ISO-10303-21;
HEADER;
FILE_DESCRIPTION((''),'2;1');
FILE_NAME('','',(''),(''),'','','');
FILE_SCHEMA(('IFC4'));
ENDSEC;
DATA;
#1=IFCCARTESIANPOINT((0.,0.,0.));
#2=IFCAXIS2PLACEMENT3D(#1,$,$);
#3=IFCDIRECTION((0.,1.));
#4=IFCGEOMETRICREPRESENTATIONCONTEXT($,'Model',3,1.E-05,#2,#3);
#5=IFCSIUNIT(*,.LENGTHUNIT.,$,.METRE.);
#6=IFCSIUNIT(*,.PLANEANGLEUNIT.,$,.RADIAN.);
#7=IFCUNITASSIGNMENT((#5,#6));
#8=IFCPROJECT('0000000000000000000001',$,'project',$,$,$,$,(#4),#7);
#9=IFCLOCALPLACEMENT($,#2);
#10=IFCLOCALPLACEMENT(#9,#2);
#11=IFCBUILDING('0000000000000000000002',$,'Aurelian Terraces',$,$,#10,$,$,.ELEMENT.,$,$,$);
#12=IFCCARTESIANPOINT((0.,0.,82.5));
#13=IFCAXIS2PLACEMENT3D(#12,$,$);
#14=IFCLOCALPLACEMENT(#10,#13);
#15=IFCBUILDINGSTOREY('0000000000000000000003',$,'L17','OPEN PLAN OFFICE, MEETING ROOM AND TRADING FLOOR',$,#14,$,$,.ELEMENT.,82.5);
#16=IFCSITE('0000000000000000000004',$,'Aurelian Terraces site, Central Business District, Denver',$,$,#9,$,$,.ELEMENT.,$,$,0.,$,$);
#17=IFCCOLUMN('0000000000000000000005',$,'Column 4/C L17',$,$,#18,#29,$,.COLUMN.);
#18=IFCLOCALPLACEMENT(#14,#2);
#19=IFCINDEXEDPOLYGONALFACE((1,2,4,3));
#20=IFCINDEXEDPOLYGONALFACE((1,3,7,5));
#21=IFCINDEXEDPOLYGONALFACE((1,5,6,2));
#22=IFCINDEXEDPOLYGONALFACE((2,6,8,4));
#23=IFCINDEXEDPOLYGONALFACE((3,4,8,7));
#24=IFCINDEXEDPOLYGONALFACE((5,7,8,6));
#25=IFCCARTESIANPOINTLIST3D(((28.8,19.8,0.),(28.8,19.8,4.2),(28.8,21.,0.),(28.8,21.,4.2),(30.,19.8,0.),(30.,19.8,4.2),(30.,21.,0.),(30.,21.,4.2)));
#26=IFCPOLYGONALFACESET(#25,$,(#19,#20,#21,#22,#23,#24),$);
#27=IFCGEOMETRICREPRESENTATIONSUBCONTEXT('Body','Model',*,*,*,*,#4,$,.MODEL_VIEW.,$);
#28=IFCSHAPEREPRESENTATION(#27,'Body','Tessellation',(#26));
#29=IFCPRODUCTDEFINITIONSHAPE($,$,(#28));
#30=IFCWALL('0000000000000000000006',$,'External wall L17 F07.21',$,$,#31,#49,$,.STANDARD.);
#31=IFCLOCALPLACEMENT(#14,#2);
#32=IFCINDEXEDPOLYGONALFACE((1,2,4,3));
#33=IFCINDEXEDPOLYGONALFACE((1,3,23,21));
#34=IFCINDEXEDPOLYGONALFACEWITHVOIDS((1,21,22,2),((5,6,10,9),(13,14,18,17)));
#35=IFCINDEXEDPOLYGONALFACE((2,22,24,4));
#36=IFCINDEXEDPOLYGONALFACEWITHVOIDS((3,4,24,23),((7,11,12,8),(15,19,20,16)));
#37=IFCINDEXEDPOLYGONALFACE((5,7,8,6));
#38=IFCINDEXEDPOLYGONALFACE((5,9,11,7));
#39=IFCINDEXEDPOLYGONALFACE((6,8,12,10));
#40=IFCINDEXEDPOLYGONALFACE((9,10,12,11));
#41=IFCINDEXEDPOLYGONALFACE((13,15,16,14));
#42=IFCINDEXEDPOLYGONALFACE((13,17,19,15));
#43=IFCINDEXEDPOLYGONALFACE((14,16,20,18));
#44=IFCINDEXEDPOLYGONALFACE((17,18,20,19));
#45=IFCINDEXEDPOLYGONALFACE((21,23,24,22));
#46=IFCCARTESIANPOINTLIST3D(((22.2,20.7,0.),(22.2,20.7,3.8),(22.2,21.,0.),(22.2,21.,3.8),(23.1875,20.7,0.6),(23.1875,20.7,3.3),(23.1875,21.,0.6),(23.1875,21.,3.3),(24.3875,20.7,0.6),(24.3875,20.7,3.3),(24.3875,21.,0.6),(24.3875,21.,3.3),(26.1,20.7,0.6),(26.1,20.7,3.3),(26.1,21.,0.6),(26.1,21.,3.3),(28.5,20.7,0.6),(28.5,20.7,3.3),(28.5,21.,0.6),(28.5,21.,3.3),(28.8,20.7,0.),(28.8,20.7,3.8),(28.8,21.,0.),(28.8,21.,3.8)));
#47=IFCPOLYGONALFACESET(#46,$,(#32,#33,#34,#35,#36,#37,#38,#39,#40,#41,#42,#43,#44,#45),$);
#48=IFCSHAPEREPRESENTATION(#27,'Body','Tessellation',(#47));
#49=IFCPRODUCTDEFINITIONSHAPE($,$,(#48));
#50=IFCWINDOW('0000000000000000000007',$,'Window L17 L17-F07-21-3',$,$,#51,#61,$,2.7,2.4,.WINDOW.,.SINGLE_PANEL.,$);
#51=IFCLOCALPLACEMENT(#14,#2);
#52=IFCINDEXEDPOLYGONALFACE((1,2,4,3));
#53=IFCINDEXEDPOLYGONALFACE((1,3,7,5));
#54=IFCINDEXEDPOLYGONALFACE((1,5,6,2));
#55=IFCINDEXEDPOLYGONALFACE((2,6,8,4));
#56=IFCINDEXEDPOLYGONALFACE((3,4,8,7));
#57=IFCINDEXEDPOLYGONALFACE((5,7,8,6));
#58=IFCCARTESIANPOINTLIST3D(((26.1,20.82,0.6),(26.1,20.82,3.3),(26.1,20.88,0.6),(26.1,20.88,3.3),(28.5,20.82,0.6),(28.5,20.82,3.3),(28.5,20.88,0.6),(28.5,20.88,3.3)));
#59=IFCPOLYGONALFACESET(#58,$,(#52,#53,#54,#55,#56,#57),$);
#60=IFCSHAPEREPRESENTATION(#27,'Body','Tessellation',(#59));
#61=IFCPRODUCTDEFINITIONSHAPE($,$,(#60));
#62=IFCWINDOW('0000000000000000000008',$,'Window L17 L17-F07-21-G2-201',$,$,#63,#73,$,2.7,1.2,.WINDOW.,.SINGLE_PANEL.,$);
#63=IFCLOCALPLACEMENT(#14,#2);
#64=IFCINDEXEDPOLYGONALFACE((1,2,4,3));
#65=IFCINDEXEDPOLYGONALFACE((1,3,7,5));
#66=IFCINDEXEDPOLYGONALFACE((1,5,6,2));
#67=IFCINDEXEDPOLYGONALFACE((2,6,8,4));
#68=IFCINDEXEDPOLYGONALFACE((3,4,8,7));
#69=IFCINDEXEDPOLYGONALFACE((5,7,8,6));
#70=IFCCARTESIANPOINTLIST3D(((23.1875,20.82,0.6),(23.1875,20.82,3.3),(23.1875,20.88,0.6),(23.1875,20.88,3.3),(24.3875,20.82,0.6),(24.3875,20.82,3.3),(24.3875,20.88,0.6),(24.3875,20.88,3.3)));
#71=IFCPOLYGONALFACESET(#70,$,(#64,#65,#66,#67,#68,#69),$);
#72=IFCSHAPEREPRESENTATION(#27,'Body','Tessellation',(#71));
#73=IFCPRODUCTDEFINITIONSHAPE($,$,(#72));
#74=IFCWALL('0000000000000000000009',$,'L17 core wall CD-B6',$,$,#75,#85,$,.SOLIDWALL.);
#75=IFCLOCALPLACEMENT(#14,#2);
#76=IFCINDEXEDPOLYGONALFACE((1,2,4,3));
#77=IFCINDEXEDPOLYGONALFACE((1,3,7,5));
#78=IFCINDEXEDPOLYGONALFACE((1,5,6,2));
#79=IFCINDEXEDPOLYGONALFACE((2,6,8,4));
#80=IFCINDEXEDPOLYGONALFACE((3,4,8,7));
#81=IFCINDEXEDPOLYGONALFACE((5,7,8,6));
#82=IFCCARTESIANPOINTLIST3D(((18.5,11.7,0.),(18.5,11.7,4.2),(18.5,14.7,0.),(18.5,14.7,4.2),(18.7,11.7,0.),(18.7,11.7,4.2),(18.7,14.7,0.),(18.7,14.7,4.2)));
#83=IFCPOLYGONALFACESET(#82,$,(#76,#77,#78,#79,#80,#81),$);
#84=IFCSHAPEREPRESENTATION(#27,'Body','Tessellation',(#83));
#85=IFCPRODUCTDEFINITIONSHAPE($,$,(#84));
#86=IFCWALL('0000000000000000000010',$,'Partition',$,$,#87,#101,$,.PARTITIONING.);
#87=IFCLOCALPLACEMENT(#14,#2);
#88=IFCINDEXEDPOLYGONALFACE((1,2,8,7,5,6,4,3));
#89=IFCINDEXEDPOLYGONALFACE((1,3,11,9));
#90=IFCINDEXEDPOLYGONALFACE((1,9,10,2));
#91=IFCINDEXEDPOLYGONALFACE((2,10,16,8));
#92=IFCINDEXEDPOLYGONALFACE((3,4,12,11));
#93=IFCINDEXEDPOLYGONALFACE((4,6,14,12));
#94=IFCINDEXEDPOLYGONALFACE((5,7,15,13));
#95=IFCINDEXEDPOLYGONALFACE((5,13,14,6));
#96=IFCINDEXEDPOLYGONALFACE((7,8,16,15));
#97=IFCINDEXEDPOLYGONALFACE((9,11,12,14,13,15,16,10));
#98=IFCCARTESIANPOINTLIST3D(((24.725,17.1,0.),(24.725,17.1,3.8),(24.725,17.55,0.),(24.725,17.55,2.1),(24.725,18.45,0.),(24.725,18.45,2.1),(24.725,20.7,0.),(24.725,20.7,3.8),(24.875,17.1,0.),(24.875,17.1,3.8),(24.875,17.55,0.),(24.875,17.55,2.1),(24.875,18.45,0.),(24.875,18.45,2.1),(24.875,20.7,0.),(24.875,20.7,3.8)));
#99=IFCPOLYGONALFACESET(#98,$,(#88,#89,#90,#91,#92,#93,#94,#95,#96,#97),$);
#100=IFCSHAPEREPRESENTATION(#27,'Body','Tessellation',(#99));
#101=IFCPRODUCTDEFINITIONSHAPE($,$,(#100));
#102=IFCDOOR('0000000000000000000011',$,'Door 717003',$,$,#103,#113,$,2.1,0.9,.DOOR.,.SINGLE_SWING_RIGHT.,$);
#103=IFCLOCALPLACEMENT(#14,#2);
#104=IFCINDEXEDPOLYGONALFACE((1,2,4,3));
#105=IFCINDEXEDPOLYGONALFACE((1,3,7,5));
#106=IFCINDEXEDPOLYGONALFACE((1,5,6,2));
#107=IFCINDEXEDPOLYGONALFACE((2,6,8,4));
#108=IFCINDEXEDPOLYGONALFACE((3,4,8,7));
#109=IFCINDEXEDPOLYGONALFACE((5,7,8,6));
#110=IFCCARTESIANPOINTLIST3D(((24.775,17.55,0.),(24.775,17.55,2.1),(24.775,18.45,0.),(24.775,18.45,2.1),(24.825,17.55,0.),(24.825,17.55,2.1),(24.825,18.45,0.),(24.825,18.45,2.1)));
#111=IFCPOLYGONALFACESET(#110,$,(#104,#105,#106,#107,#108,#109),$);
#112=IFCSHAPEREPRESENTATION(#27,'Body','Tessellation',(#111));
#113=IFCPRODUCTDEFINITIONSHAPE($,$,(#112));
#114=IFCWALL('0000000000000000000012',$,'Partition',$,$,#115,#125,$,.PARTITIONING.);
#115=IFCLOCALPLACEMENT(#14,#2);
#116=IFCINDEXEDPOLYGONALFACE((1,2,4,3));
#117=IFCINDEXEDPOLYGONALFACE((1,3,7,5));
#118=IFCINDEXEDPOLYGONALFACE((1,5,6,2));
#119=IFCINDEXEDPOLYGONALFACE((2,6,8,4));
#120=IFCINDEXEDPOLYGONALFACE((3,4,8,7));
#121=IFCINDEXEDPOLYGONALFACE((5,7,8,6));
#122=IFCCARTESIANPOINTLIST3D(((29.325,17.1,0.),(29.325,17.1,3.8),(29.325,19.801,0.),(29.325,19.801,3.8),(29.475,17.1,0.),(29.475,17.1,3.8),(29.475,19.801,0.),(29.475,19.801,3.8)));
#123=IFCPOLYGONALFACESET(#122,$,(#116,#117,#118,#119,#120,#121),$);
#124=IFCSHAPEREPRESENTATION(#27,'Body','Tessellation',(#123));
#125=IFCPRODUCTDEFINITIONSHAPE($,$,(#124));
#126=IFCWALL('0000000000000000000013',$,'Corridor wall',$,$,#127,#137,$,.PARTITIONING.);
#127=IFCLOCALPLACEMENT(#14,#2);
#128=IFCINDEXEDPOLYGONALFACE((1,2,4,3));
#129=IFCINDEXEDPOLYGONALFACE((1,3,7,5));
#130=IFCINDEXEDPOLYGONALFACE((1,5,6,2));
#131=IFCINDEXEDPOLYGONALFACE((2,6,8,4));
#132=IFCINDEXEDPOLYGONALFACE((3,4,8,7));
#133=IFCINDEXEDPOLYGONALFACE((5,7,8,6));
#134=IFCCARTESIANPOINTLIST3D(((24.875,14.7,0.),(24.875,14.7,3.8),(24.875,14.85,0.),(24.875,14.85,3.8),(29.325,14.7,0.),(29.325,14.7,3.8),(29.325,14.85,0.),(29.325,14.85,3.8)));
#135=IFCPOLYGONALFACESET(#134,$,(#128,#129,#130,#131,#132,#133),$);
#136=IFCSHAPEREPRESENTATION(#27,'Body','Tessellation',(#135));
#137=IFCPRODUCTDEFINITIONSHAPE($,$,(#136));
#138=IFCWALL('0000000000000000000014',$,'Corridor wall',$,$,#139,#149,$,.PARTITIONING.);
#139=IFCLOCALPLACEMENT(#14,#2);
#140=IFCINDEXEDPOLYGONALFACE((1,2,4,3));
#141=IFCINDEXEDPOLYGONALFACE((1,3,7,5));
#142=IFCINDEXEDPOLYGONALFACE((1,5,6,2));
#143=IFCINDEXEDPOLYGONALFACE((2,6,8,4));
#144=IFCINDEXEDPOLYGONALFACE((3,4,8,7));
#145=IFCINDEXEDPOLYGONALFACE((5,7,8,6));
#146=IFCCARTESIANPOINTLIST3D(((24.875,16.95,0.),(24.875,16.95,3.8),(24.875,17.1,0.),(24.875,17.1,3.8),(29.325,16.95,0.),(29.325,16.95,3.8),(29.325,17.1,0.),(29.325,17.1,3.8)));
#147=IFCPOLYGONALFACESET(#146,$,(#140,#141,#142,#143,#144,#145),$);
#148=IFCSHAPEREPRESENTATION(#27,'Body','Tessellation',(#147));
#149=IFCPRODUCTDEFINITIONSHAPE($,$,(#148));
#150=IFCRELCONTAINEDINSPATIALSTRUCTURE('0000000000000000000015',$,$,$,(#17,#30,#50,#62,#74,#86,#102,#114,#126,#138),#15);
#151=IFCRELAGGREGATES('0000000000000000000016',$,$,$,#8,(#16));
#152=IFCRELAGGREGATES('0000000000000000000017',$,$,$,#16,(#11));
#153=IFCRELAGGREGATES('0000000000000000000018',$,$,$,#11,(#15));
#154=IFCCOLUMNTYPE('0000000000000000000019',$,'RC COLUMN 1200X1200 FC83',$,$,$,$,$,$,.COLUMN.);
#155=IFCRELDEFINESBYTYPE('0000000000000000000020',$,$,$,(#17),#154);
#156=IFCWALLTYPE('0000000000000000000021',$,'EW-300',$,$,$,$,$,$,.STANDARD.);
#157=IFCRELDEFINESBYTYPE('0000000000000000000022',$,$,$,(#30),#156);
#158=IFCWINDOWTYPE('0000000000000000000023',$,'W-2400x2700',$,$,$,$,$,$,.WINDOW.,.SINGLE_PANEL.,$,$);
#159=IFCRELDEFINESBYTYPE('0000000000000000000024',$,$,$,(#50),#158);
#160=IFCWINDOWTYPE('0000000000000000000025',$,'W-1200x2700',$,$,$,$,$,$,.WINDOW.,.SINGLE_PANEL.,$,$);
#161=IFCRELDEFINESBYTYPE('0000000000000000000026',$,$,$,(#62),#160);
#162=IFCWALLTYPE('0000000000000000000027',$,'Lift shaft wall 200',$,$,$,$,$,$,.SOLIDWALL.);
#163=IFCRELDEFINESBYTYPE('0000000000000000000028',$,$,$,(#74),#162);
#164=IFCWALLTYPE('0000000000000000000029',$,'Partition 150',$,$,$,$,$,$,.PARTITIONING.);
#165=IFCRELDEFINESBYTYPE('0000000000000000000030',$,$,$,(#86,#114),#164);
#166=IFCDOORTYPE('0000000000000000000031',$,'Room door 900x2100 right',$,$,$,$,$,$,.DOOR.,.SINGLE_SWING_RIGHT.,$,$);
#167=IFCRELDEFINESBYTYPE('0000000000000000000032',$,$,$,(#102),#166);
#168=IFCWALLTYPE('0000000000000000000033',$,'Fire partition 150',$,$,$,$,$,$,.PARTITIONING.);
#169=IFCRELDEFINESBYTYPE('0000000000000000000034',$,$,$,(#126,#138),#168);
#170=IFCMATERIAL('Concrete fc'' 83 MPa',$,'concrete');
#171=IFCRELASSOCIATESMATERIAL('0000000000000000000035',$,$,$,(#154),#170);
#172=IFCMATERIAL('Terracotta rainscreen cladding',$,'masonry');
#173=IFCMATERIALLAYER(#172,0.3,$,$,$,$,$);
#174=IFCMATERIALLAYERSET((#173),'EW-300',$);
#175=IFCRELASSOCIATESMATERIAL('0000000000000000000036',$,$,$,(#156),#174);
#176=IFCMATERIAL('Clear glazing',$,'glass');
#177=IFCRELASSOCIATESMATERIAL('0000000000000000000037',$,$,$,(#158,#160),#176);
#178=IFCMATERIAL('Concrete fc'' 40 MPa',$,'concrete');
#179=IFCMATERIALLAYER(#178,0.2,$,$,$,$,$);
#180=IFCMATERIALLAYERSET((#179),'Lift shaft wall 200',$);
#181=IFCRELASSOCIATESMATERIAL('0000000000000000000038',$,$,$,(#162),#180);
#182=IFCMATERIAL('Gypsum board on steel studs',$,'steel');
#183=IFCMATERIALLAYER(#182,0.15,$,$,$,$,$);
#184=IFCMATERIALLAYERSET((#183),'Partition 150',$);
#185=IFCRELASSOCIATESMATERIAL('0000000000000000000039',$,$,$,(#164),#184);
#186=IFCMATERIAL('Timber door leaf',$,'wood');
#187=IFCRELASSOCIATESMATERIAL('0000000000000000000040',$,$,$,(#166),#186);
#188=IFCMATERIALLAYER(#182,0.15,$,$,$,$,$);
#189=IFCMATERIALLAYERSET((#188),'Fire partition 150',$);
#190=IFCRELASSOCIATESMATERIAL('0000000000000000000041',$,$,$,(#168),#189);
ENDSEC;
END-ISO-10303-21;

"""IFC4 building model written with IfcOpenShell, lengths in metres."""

from ifc_helpers import new_model, si_unit, direction, frame, frame_2d, origin, origin_2d, place, context, subcontext, project, spatial, rectangle, extrude, source, transform, mapped, material, layer, layer_set, material_profile, profile_set, type_object, element, fill, save


model = new_model("IFC4")

# Units and contexts
model_context = context("Model", 3, precision=1e-05, world=origin(), true_north=direction((0.0, 1.0)))
body_context = subcontext(model_context, "Body", "Model", "MODEL_VIEW")
ifc_project = project(units=[si_unit("LENGTHUNIT", "METRE"), si_unit("PLANEANGLEUNIT", "RADIAN")], contexts=[model_context])

# Site, building, storey
site_placement = place(None, origin())
site = spatial("IfcSite", under=ifc_project, at=site_placement, Name="Aurelian Terraces site, Central Business District, Denver", CompositionType="ELEMENT", RefElevation=0.0)
building_placement = place(site_placement, origin())
building = spatial("IfcBuilding", under=site, at=building_placement, Name="Aurelian Terraces", CompositionType="ELEMENT")
storey_placement = place(building_placement, frame((0.0, 0.0, 82.5)))
storey = spatial("IfcBuildingStorey", under=building, at=storey_placement, Name="L17", Description="OPEN PLAN OFFICE, MEETING ROOM AND TRADING FLOOR", CompositionType="ELEMENT", Elevation=82.5)

# Column
ifc_material_1 = material(Name="Concrete fc' 83 MPa", Category="concrete")
ifc_material_profile = material_profile(ifc_material_1, rectangle(XDim=1.2, YDim=1.2, at=origin_2d()))
ifc_profile_set = profile_set([ifc_material_profile], Name="Concrete fc' 83 MPa")
column_type = type_object("IfcColumnType", Name="RC COLUMN 1200X1200 FC83", PredefinedType="COLUMN", material=ifc_profile_set)
shared_shape_1 = source(origin(), body_context, "Body", "SweptSolid", [
    extrude(rectangle(XDim=1.2, YDim=1.2, at=origin_2d()), origin(), (0.0, 0.0, 1.0), 4.2),
])
column_placement = place(storey_placement, frame((29.4, 20.4, 0.0), z_axis=(0.0, 0.0, 1.0), x_axis=(1.0, 0.0, 0.0)))
element("IfcColumn", 1, at=column_placement, inside=storey, type_object=column_type, Name="Column 4/C L17", PredefinedType="COLUMN", context=body_context, shape_type="MappedRepresentation", body=[
    mapped(shared_shape_1, transform((0.0, 0.0, 0.0), scale=1.0)),
])

# Wall, openings, windows
ifc_material_2 = material(Name="Terracotta rainscreen cladding", Category="masonry")
ifc_layer_1 = layer(ifc_material_2, 0.3)
ifc_layer_set_1 = layer_set([ifc_layer_1], Name="EW-300")
wall_type_1 = type_object("IfcWallType", Name="EW-300", PredefinedType="STANDARD", material=ifc_layer_set_1)
shared_shape_2 = source(origin(), body_context, "Body", "SweptSolid", [
    extrude(rectangle(XDim=6.6, YDim=0.3, at=frame_2d((3.3, 0.0))), origin(), (0.0, 0.0, 1.0), 3.8),
])
wall_1_placement = place(storey_placement, frame((28.8, 20.85, 0.0), z_axis=(0.0, 0.0, 1.0), x_axis=(-1.0, 0.0, 0.0)))
wall_1 = element("IfcWall", 2, at=wall_1_placement, inside=storey, type_object=wall_type_1, Name="External wall L17 F07.21", PredefinedType="STANDARD", context=body_context, shape_type="MappedRepresentation", body=[
    mapped(shared_shape_2, transform((0.0, 0.0, 0.0), scale=1.0)),
])
shared_shape_3 = source(origin(), body_context, "Body", "SweptSolid", [
    extrude(rectangle(XDim=2.4, YDim=2.7, at=frame_2d((1.2, 1.35))), frame((0.0, 0.16, 0.0), z_axis=(0.0, -1.0, 0.0), x_axis=(1.0, 0.0, 0.0)), (0.0, 0.0, 1.0), 0.32),
])
opening_1_placement = place(wall_1_placement, frame((0.3, 0.0, 0.6)))
opening_1 = element("IfcOpeningElement", 3, at=opening_1_placement, cuts=wall_1, PredefinedType="OPENING", context=body_context, shape_type="MappedRepresentation", body=[
    mapped(shared_shape_3, transform((0.0, 0.0, 0.0), scale=1.0)),
])
shared_shape_4 = source(origin(), body_context, "Body", "SweptSolid", [
    extrude(rectangle(XDim=1.2, YDim=2.7, at=frame_2d((0.6, 1.35))), frame((0.0, 0.16, 0.0), z_axis=(0.0, -1.0, 0.0), x_axis=(1.0, 0.0, 0.0)), (0.0, 0.0, 1.0), 0.32),
])
opening_2_placement = place(wall_1_placement, frame((4.4125, 0.0, 0.6)))
opening_2 = element("IfcOpeningElement", 4, at=opening_2_placement, cuts=wall_1, PredefinedType="OPENING", context=body_context, shape_type="MappedRepresentation", body=[
    mapped(shared_shape_4, transform((0.0, 0.0, 0.0), scale=1.0)),
])
ifc_material_3 = material(Name="Clear glazing", Category="glass")
window_type_1 = type_object("IfcWindowType", Name="W-2400x2700", PartitioningType="SINGLE_PANEL", PredefinedType="WINDOW", material=ifc_material_3)
shared_shape_5 = source(origin(), body_context, "Body", "SweptSolid", [
    extrude(rectangle(XDim=2.4, YDim=2.7, at=frame_2d((1.2, 1.35))), frame((0.0, 0.03, 0.0), z_axis=(0.0, -1.0, 0.0), x_axis=(1.0, 0.0, 0.0)), (0.0, 0.0, 1.0), 0.06),
])
window_1_placement = place(opening_1_placement, origin())
window_1 = element("IfcWindow", 5, at=window_1_placement, inside=storey, type_object=window_type_1, Name="Window L17 L17-F07-21-3", OverallHeight=2.7, OverallWidth=2.4, PartitioningType="SINGLE_PANEL", PredefinedType="WINDOW", context=body_context, shape_type="MappedRepresentation", body=[
    mapped(shared_shape_5, transform((0.0, 0.0, 0.0), scale=1.0)),
])
fill(opening_1, window_1)
window_type_2 = type_object("IfcWindowType", Name="W-1200x2700", PartitioningType="SINGLE_PANEL", PredefinedType="WINDOW", material=ifc_material_3)
shared_shape_6 = source(origin(), body_context, "Body", "SweptSolid", [
    extrude(rectangle(XDim=1.2, YDim=2.7, at=frame_2d((0.6, 1.35))), frame((0.0, 0.03, 0.0), z_axis=(0.0, -1.0, 0.0), x_axis=(1.0, 0.0, 0.0)), (0.0, 0.0, 1.0), 0.06),
])
window_2_placement = place(opening_2_placement, origin())
window_2 = element("IfcWindow", 6, at=window_2_placement, inside=storey, type_object=window_type_2, Name="Window L17 L17-F07-21-G2-201", OverallHeight=2.7, OverallWidth=1.2, PartitioningType="SINGLE_PANEL", PredefinedType="WINDOW", context=body_context, shape_type="MappedRepresentation", body=[
    mapped(shared_shape_6, transform((0.0, 0.0, 0.0), scale=1.0)),
])
fill(opening_2, window_2)

# Wall
ifc_material_4 = material(Name="Concrete fc' 40 MPa", Category="concrete")
ifc_layer_2 = layer(ifc_material_4, 0.2)
ifc_layer_set_2 = layer_set([ifc_layer_2], Name="Lift shaft wall 200")
wall_type_2 = type_object("IfcWallType", Name="Lift shaft wall 200", PredefinedType="SOLIDWALL", material=ifc_layer_set_2)
shared_shape_7 = source(origin(), body_context, "Body", "SweptSolid", [
    extrude(rectangle(XDim=3.0, YDim=0.2, at=frame_2d((1.5, 0.0))), origin(), (0.0, 0.0, 1.0), 4.2),
])
wall_2_placement = place(storey_placement, frame((18.6, 11.7, 0.0), z_axis=(0.0, 0.0, 1.0), x_axis=(0.0, 1.0, 0.0)))
element("IfcWall", 7, at=wall_2_placement, inside=storey, type_object=wall_type_2, Name="L17 core wall CD-B6", PredefinedType="SOLIDWALL", context=body_context, shape_type="MappedRepresentation", body=[
    mapped(shared_shape_7, transform((0.0, 0.0, 0.0), scale=1.0)),
])

# Wall, opening, door
ifc_material_5 = material(Name="Gypsum board on steel studs", Category="steel")
ifc_layer_3 = layer(ifc_material_5, 0.15)
ifc_layer_set_3 = layer_set([ifc_layer_3], Name="Partition 150")
wall_type_3 = type_object("IfcWallType", Name="Partition 150", PredefinedType="PARTITIONING", material=ifc_layer_set_3)
shared_shape_8 = source(origin(), body_context, "Body", "SweptSolid", [
    extrude(rectangle(XDim=3.6, YDim=0.15, at=frame_2d((1.8, 0.0))), origin(), (0.0, 0.0, 1.0), 3.8),
])
wall_3_placement = place(storey_placement, frame((24.8, 20.7, 0.0), z_axis=(0.0, 0.0, 1.0), x_axis=(0.0, -1.0, 0.0)))
wall_3 = element("IfcWall", 8, at=wall_3_placement, inside=storey, type_object=wall_type_3, Name="Partition", PredefinedType="PARTITIONING", context=body_context, shape_type="MappedRepresentation", body=[
    mapped(shared_shape_8, transform((0.0, 0.0, 0.0), scale=1.0)),
])
shared_shape_9 = source(origin(), body_context, "Body", "SweptSolid", [
    extrude(rectangle(XDim=0.9, YDim=2.1, at=frame_2d((0.45, 1.05))), frame((0.0, 0.085, 0.0), z_axis=(0.0, -1.0, 0.0), x_axis=(1.0, 0.0, 0.0)), (0.0, 0.0, 1.0), 0.17),
])
opening_3_placement = place(wall_3_placement, frame((2.25, 0.0, 0.0)))
opening_3 = element("IfcOpeningElement", 9, at=opening_3_placement, cuts=wall_3, PredefinedType="OPENING", context=body_context, shape_type="MappedRepresentation", body=[
    mapped(shared_shape_9, transform((0.0, 0.0, 0.0), scale=1.0)),
])
ifc_material_6 = material(Name="Timber door leaf", Category="wood")
door_type_1 = type_object("IfcDoorType", Name="Room door 900x2100 right", OperationType="SINGLE_SWING_RIGHT", PredefinedType="DOOR", material=ifc_material_6)
shared_shape_10 = source(origin(), body_context, "Body", "SweptSolid", [
    extrude(rectangle(XDim=0.9, YDim=2.1, at=frame_2d((0.45, 1.05))), frame((0.0, 0.025, 0.0), z_axis=(0.0, -1.0, 0.0), x_axis=(1.0, 0.0, 0.0)), (0.0, 0.0, 1.0), 0.05),
])
door_1_placement = place(opening_3_placement, origin())
door_1 = element("IfcDoor", 10, at=door_1_placement, inside=storey, type_object=door_type_1, Name="Door 717003", OperationType="SINGLE_SWING_RIGHT", OverallHeight=2.1, OverallWidth=0.9, PredefinedType="DOOR", context=body_context, shape_type="MappedRepresentation", body=[
    mapped(shared_shape_10, transform((0.0, 0.0, 0.0), scale=1.0)),
])
fill(opening_3, door_1)

# Wall
shared_shape_11 = source(origin(), body_context, "Body", "SweptSolid", [
    extrude(rectangle(XDim=2.701, YDim=0.15, at=frame_2d((1.3505, 0.0))), origin(), (0.0, 0.0, 1.0), 3.8),
])
wall_4_placement = place(storey_placement, frame((29.4, 17.1, 0.0), z_axis=(0.0, 0.0, 1.0), x_axis=(0.0, 1.0, 0.0)))
element("IfcWall", 11, at=wall_4_placement, inside=storey, type_object=wall_type_3, Name="Partition", PredefinedType="PARTITIONING", context=body_context, shape_type="MappedRepresentation", body=[
    mapped(shared_shape_11, transform((0.0, 0.0, 0.0), scale=1.0)),
])

# Shared definitions
ifc_layer_4 = layer(ifc_material_5, 0.15)
ifc_layer_set_4 = layer_set([ifc_layer_4], Name="Fire partition 150")
wall_type_4 = type_object("IfcWallType", Name="Fire partition 150", PredefinedType="PARTITIONING", material=ifc_layer_set_4)

# Walls
shared_shape_12 = source(origin(), body_context, "Body", "SweptSolid", [
    extrude(rectangle(XDim=4.45, YDim=0.15, at=frame_2d((2.225, 0.0))), origin(), (0.0, 0.0, 1.0), 3.8),
])
for number, where, z_axis, x_axis, name in (
    (12, (29.325, 14.775, 0.0), (0.0, 0.0, 1.0), (-1.0, 0.0, 0.0), "Corridor wall"),
    (13, (24.875, 17.025, 0.0), (0.0, 0.0, 1.0), (1.0, 0.0, 0.0), "Corridor wall"),
):
    element("IfcWall", number, at=place(storey_placement, frame(where, z_axis=z_axis, x_axis=x_axis)), inside=storey, type_object=wall_type_4, Name=name, PredefinedType="PARTITIONING", context=body_context, shape_type="MappedRepresentation", body=[
        mapped(shared_shape_12, transform((0.0, 0.0, 0.0), scale=1.0)),
    ])

save(model, "model.ifc")
